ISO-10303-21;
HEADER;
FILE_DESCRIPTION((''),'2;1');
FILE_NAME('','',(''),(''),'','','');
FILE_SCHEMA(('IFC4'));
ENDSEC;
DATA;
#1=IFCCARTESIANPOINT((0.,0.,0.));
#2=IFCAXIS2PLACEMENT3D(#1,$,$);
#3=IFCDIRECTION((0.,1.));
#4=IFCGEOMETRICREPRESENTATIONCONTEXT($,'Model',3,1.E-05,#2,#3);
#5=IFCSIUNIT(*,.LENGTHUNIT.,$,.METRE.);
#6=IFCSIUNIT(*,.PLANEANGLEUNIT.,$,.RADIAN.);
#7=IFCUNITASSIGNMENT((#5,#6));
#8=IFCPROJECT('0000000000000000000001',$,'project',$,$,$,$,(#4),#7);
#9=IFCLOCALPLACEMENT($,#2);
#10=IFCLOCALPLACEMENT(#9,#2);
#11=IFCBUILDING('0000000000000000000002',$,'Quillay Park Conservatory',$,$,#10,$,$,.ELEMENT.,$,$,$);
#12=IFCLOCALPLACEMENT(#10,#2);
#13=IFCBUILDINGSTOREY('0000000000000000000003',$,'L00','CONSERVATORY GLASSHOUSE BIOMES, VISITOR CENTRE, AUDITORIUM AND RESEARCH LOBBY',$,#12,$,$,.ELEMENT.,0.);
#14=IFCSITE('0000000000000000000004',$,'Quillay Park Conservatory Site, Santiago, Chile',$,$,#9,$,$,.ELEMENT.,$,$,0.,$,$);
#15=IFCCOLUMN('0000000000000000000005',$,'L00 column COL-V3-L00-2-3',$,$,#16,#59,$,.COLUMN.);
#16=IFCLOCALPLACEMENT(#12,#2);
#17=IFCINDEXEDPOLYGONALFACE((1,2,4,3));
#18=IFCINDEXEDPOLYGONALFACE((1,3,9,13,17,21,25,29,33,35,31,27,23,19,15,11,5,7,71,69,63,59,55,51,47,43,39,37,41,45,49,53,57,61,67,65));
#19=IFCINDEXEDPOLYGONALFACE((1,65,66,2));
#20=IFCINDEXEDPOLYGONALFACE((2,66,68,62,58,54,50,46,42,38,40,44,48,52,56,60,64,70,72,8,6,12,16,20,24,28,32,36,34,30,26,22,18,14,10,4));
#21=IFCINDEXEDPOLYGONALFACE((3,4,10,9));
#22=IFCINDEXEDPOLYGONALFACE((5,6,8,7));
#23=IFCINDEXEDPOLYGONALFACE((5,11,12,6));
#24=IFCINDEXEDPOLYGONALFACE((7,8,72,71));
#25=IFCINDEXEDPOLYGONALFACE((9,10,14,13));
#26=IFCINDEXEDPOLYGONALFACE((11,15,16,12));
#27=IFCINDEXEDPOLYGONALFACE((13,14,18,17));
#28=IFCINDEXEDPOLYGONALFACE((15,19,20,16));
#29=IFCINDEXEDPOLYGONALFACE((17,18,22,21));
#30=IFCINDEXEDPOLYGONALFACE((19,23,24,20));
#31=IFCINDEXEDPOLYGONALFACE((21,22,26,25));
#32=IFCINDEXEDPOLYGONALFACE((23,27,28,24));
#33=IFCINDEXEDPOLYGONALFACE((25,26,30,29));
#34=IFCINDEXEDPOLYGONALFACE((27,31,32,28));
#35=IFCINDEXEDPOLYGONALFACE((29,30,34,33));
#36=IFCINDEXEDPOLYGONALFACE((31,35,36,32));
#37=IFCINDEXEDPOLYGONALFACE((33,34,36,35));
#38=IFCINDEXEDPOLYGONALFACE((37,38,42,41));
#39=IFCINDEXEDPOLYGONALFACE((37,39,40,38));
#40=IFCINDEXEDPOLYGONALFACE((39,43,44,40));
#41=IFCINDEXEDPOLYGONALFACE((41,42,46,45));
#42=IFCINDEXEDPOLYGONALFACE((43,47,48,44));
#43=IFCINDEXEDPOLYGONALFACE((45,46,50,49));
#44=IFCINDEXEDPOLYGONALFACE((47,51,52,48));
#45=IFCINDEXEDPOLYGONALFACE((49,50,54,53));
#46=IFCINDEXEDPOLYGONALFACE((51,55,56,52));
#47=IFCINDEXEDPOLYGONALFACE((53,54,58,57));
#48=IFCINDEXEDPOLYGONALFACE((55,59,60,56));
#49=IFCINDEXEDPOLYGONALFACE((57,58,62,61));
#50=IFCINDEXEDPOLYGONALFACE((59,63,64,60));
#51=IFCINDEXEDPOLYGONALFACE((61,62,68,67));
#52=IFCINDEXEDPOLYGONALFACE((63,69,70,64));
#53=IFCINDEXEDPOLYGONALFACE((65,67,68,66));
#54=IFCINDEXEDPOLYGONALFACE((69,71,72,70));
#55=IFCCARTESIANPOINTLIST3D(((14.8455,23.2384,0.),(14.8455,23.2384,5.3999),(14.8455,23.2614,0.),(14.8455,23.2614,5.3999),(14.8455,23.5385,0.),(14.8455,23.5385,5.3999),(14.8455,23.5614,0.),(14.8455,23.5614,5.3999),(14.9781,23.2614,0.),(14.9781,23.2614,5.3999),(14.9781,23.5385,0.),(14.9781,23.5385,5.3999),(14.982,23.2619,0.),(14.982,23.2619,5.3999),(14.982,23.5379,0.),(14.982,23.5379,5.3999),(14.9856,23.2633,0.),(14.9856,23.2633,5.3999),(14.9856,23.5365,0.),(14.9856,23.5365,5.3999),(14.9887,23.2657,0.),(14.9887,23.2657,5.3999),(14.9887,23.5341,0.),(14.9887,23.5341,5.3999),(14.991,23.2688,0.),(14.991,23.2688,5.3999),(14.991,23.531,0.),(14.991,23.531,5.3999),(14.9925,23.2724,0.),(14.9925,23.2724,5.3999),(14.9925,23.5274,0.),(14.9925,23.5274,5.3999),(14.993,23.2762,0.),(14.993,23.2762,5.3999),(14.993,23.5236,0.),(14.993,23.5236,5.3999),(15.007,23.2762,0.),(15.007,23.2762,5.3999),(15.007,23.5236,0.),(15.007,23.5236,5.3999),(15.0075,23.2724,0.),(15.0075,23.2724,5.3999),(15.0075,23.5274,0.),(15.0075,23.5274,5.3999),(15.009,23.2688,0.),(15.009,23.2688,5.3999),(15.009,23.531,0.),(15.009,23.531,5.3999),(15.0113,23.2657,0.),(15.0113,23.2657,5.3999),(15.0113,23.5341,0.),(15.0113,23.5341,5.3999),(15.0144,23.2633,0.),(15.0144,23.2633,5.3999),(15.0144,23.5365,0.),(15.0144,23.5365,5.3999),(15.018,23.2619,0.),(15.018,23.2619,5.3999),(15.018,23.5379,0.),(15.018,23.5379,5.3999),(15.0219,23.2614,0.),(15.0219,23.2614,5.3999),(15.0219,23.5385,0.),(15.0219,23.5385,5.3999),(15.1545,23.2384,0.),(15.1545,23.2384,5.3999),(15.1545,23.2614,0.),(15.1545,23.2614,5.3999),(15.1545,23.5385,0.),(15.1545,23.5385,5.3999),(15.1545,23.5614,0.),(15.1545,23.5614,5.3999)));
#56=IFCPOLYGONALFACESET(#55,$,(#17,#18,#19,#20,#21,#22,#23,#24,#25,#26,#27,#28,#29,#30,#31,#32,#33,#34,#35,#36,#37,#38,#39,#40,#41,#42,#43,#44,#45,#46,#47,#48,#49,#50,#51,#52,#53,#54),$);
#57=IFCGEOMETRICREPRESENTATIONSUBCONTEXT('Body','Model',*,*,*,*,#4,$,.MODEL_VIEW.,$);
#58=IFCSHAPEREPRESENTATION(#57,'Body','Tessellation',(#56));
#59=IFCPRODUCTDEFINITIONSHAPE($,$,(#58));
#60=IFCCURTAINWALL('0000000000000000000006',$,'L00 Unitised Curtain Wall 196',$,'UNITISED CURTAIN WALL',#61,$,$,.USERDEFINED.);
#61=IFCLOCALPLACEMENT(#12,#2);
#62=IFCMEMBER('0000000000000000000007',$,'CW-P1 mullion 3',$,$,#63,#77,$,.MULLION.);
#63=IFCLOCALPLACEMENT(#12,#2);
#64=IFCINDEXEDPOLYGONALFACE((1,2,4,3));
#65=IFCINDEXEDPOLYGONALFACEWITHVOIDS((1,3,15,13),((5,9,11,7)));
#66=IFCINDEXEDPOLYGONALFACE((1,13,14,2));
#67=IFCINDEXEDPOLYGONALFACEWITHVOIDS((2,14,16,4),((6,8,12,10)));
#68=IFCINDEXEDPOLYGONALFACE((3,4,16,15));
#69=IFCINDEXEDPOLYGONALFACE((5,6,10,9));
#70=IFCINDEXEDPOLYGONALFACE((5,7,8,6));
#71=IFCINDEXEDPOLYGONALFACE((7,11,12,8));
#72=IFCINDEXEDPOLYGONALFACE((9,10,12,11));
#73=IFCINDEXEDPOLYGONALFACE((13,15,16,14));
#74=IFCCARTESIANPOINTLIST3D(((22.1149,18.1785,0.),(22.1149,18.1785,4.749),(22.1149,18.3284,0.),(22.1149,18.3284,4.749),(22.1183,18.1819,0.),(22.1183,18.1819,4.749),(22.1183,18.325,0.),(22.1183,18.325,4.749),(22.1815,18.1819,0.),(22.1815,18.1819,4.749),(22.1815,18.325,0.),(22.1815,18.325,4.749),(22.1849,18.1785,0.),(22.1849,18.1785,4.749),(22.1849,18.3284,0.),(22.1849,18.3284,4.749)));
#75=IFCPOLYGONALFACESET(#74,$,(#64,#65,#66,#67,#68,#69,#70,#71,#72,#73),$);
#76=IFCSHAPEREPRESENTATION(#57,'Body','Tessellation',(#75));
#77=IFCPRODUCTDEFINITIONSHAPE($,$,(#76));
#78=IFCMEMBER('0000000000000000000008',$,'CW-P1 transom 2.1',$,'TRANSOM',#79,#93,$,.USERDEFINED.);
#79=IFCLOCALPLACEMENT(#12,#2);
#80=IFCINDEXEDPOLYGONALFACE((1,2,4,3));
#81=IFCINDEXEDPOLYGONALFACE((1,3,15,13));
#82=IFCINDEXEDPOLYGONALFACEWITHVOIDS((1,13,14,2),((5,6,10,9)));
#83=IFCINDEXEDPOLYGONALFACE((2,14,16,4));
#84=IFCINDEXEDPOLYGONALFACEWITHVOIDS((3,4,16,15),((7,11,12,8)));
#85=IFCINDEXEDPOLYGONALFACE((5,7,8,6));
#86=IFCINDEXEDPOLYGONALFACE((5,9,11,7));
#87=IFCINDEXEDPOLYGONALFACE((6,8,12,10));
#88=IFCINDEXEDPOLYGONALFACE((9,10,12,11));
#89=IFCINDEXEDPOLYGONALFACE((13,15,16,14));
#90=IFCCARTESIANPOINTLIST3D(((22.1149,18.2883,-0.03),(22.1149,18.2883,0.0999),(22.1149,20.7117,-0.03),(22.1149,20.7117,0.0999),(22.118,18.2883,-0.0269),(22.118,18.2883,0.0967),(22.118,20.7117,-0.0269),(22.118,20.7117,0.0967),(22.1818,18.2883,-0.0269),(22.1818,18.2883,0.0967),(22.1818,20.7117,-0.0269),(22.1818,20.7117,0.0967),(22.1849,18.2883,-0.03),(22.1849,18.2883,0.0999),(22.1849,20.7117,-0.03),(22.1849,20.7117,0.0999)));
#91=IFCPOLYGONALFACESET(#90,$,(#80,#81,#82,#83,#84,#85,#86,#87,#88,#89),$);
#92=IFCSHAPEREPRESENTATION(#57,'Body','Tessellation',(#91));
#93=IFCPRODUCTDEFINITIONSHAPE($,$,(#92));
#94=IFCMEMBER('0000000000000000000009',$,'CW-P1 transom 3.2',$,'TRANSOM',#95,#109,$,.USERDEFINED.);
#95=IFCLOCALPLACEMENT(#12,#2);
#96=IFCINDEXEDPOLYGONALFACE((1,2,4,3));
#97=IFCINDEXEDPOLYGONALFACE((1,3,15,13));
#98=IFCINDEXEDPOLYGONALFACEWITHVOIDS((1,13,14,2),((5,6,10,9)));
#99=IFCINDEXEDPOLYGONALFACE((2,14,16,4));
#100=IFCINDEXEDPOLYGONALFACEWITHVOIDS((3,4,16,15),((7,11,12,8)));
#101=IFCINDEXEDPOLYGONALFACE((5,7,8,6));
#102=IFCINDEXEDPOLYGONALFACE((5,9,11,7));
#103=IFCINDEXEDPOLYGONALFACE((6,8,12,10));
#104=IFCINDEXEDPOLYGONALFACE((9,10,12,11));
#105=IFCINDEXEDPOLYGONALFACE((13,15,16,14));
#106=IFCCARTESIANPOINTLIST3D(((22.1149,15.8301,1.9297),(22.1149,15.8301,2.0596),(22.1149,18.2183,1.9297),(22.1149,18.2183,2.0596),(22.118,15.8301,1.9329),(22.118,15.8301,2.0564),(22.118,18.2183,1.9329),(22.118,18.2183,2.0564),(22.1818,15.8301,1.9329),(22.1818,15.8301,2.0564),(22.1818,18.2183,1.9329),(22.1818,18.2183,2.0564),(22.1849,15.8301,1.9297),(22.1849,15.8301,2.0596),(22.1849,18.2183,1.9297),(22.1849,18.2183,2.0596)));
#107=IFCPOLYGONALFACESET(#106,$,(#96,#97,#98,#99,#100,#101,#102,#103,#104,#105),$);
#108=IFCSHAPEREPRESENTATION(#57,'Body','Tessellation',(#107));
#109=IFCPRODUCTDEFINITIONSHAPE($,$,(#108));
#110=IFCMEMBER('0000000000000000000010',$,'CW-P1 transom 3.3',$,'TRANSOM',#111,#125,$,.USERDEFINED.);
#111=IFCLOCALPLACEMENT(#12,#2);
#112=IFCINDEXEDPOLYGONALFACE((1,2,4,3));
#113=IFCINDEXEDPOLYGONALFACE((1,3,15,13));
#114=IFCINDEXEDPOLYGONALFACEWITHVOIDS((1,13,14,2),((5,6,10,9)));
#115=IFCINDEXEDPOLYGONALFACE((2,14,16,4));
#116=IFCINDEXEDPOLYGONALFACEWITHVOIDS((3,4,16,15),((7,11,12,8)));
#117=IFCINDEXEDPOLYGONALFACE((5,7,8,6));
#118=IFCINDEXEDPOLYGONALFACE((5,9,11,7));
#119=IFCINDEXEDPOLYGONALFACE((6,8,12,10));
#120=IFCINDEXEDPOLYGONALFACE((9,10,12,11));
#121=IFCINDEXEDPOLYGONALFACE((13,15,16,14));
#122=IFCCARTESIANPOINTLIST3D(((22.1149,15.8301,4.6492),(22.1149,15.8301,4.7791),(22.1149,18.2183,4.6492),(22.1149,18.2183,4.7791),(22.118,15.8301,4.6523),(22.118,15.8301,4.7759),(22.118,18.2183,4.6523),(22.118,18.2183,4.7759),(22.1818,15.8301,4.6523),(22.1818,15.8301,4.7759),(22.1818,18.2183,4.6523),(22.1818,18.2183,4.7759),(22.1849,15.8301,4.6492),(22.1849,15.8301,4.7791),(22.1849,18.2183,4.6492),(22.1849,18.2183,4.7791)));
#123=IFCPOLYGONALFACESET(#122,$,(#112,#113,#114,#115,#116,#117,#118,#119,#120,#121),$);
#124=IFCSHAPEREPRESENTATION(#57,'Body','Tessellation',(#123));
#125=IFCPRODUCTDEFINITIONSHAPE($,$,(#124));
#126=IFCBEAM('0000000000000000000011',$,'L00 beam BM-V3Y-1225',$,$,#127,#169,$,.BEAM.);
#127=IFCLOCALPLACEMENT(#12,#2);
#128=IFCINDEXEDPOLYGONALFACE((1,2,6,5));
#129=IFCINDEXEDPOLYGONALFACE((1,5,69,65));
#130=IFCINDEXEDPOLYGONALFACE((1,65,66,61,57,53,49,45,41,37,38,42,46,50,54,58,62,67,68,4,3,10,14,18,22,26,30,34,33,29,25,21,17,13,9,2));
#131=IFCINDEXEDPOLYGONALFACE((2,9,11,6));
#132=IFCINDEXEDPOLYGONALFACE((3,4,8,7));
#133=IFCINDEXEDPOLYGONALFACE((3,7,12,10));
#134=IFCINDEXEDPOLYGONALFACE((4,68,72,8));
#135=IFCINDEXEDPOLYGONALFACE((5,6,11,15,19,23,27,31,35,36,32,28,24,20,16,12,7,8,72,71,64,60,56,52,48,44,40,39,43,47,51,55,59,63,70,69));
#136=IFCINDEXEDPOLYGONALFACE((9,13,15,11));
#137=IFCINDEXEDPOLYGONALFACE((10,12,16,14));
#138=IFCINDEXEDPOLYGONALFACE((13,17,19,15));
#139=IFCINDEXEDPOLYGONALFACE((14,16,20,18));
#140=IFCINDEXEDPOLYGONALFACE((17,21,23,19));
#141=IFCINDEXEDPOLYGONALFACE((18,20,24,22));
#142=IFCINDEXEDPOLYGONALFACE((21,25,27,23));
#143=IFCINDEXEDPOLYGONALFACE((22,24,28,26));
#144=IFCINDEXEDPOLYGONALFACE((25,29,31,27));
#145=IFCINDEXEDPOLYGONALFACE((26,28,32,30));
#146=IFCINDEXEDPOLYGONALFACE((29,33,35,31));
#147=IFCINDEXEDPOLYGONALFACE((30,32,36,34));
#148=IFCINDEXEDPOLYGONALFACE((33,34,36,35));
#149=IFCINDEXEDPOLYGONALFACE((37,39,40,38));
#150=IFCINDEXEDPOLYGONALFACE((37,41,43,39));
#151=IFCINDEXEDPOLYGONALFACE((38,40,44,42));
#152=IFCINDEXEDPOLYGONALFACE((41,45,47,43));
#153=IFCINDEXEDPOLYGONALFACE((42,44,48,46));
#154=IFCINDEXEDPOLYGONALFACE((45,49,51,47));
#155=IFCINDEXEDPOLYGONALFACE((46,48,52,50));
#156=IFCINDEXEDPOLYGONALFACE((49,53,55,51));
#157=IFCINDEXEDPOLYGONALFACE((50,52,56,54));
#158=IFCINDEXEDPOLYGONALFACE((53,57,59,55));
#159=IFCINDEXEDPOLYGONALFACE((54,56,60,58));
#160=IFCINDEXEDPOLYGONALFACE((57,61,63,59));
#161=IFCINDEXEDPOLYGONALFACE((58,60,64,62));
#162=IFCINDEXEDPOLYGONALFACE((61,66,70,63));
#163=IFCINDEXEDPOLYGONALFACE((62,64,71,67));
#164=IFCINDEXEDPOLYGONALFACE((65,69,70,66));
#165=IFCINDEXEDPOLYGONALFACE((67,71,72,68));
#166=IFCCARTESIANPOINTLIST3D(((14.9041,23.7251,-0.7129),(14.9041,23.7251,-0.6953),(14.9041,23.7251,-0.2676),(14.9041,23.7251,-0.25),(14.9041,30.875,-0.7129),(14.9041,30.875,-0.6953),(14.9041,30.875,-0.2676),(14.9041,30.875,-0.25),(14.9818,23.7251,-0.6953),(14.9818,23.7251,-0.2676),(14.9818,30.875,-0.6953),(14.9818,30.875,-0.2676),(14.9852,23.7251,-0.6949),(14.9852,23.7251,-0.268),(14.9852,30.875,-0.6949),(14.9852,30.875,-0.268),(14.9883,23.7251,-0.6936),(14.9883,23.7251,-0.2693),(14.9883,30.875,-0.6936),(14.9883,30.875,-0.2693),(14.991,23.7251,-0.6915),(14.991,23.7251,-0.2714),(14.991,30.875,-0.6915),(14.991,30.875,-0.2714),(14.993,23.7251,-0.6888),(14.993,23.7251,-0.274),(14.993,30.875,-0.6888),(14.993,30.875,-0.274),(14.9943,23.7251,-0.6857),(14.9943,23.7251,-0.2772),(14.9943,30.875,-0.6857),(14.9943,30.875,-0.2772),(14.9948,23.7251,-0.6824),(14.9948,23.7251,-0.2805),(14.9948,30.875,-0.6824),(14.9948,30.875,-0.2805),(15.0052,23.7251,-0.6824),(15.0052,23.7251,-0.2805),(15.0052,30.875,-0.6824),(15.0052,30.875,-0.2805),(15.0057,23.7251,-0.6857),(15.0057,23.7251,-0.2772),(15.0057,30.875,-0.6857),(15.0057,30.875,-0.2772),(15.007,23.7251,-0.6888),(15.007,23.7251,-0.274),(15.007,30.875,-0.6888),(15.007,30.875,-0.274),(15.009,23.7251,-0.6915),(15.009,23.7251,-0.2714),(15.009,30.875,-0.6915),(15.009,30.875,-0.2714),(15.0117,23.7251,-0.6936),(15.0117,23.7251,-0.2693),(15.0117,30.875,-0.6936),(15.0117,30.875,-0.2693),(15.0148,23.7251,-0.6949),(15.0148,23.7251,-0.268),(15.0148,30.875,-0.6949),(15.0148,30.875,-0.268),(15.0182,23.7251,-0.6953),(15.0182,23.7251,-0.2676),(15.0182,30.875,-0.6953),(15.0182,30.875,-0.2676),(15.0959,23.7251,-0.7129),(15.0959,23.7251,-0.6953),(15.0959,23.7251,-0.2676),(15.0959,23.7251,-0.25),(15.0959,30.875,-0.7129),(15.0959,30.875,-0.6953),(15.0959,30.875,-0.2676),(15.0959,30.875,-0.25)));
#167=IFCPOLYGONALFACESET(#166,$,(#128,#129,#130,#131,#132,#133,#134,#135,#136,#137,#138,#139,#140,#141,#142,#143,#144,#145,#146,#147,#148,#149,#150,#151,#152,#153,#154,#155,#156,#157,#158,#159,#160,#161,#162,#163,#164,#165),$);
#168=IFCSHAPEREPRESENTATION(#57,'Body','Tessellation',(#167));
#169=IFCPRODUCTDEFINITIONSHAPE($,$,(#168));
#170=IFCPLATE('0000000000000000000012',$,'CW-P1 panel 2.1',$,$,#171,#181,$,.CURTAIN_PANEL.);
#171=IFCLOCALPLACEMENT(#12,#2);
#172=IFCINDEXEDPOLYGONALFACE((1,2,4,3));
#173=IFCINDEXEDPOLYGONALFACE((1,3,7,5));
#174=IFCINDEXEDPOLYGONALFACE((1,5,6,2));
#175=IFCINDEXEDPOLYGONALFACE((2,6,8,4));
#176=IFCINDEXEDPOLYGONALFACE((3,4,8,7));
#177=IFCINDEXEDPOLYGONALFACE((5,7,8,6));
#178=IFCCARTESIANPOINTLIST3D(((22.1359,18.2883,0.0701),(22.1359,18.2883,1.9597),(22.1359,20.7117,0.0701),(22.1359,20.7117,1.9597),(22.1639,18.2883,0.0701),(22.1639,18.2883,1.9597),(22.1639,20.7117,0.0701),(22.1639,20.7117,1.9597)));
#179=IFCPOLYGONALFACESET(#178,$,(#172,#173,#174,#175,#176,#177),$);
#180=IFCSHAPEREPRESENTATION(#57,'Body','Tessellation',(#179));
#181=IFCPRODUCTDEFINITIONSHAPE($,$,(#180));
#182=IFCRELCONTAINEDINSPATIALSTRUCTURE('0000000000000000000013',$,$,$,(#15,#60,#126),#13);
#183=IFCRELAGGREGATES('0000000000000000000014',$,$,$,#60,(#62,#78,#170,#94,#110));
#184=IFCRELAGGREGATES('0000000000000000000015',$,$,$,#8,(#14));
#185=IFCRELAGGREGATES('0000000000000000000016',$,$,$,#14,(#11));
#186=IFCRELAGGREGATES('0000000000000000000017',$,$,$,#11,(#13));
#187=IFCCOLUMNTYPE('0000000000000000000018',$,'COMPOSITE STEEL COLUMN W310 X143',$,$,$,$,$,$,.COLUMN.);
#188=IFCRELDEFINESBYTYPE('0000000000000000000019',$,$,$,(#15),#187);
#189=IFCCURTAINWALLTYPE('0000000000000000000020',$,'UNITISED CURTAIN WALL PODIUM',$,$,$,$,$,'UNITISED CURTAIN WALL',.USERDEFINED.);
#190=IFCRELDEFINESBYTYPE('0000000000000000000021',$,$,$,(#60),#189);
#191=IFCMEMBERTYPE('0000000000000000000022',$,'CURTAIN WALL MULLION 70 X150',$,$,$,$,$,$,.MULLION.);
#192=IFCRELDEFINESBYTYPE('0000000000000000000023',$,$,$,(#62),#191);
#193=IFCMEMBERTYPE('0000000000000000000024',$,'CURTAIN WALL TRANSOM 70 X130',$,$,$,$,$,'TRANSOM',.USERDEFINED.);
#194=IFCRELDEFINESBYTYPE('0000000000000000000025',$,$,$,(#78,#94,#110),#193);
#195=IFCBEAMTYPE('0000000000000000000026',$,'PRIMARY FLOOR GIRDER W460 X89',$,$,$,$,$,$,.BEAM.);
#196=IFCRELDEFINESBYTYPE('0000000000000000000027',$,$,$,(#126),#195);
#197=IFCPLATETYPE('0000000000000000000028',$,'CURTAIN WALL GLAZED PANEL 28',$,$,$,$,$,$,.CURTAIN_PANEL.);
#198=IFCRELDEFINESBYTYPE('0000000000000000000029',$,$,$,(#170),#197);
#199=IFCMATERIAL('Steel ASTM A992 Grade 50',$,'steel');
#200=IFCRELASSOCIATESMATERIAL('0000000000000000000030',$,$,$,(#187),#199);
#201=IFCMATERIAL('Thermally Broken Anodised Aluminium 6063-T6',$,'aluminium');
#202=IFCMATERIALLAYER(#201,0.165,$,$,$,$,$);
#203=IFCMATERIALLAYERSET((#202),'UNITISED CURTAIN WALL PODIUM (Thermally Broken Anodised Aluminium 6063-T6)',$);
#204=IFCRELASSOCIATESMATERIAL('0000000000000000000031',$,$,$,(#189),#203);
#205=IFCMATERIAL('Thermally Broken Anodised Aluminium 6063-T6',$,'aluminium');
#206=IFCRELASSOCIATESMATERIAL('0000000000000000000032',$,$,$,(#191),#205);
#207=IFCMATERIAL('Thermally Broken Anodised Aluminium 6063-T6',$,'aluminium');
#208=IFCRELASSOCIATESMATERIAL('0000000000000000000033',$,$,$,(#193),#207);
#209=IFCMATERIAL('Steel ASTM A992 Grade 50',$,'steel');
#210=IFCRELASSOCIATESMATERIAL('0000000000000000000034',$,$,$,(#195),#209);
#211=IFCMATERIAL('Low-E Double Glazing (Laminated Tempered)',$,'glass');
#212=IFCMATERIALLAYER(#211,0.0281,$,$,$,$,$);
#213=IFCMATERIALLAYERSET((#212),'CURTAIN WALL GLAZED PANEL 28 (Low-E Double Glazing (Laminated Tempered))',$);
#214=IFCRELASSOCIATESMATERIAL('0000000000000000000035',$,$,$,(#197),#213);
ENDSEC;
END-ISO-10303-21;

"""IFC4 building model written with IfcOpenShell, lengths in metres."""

from ifc_helpers import new_model, si_unit, direction, frame, origin, origin_2d, place, context, subcontext, project, spatial, rectangle, hollow_rectangle, i_section, extrude, material, layer, layer_set, material_profile, profile_set, type_object, element, aggregate, save


model = new_model("IFC4")

# Units and contexts
model_context = context("Model", 3, precision=1e-05, world=origin(), true_north=direction((0.0, 1.0)))
body_context = subcontext(model_context, "Body", "Model", "MODEL_VIEW")
ifc_project = project(units=[si_unit("LENGTHUNIT", "METRE"), si_unit("PLANEANGLEUNIT", "RADIAN")], contexts=[model_context])

# Site, building, storey
site_placement = place(None, origin())
site = spatial("IfcSite", under=ifc_project, at=site_placement, Name="Quillay Park Conservatory Site, Santiago, Chile", CompositionType="ELEMENT", RefElevation=0.0)
building_placement = place(site_placement, origin())
building = spatial("IfcBuilding", under=site, at=building_placement, Name="Quillay Park Conservatory", CompositionType="ELEMENT")
storey_placement = place(building_placement, origin())
storey = spatial("IfcBuildingStorey", under=building, at=storey_placement, Name="L00", Description="CONSERVATORY GLASSHOUSE BIOMES, VISITOR CENTRE, AUDITORIUM AND RESEARCH LOBBY", CompositionType="ELEMENT", Elevation=0.0)

# Column
ifc_material_1 = material(Name="Steel ASTM A992 Grade 50", Category="steel")
ifc_material_profile_1 = material_profile(ifc_material_1, i_section(OverallWidth=0.3091, OverallDepth=0.323, WebThickness=0.0139, FlangeThickness=0.0229, FilletRadius=0.0149, at=origin_2d()), Name="W310x143")
ifc_profile_set_1 = profile_set([ifc_material_profile_1], Name="Steel ASTM A992 Grade 50")
column_type = type_object("IfcColumnType", Name="COMPOSITE STEEL COLUMN W310 X143", PredefinedType="COLUMN", material=ifc_profile_set_1)
column_placement = place(storey_placement, frame((15.0, 23.3999, 0.0), z_axis=(0.0, 0.0, 1.0), x_axis=(1.0, 0.0, 0.0)))
element("IfcColumn", 1, at=column_placement, inside=storey, type_object=column_type, Name="L00 column COL-V3-L00-2-3", PredefinedType="COLUMN", context=body_context, shape_type="SweptSolid", body=[
    extrude(i_section(OverallWidth=0.3091, OverallDepth=0.323, WebThickness=0.0139, FlangeThickness=0.0229, FilletRadius=0.0149, at=origin_2d()), origin(), (0.0, 0.0, 1.0), 5.3999),
])

# Curtain wall, members
ifc_material_2 = material(Name="Thermally Broken Anodised Aluminium 6063-T6", Category="aluminium")
ifc_layer_1 = layer(ifc_material_2, 0.165)
ifc_layer_set_1 = layer_set([ifc_layer_1], Name="UNITISED CURTAIN WALL PODIUM (Thermally Broken Anodised Aluminium 6063-T6)")
curtain_wall_type = type_object("IfcCurtainWallType", Name="UNITISED CURTAIN WALL PODIUM", ElementType="UNITISED CURTAIN WALL", PredefinedType="USERDEFINED", material=ifc_layer_set_1)
curtain_wall_placement = place(storey_placement, origin())
curtain_wall = element("IfcCurtainWall", 2, at=curtain_wall_placement, inside=storey, type_object=curtain_wall_type, Name="L00 Unitised Curtain Wall 196", ObjectType="UNITISED CURTAIN WALL", PredefinedType="USERDEFINED")
ifc_material_3 = material(Name="Thermally Broken Anodised Aluminium 6063-T6", Category="aluminium")
ifc_material_profile_2 = material_profile(ifc_material_3, hollow_rectangle(XDim=0.0701, YDim=0.1499, WallThickness=0.0034, at=origin_2d()), Name="AL70x150x3.5")
ifc_profile_set_2 = profile_set([ifc_material_profile_2], Name="Thermally Broken Anodised Aluminium 6063-T6")
member_type_1 = type_object("IfcMemberType", Name="CURTAIN WALL MULLION 70 X150", PredefinedType="MULLION", material=ifc_profile_set_2)
member_1_placement = place(storey_placement, frame((22.1499, 18.2534, 0.0), z_axis=(0.0, 0.0, 1.0), x_axis=(1.0, 0.0, 0.0)))
member_1 = element("IfcMember", 3, at=member_1_placement, type_object=member_type_1, Name="CW-P1 mullion 3", PredefinedType="MULLION", context=body_context, shape_type="SweptSolid", body=[
    extrude(hollow_rectangle(XDim=0.0701, YDim=0.1499, WallThickness=0.0034, at=origin_2d()), origin(), (0.0, 0.0, 1.0), 4.749),
])
ifc_material_4 = material(Name="Thermally Broken Anodised Aluminium 6063-T6", Category="aluminium")
ifc_material_profile_3 = material_profile(ifc_material_4, hollow_rectangle(XDim=0.0701, YDim=0.1299, WallThickness=0.0032, at=origin_2d()), Name="AL70x130x3.2")
ifc_profile_set_3 = profile_set([ifc_material_profile_3], Name="Thermally Broken Anodised Aluminium 6063-T6")
member_type_2 = type_object("IfcMemberType", Name="CURTAIN WALL TRANSOM 70 X130", ElementType="TRANSOM", PredefinedType="USERDEFINED", material=ifc_profile_set_3)
member_2_placement = place(storey_placement, frame((22.1499, 20.7117, 0.0349), z_axis=(0.0, -1.0, 0.0), x_axis=(1.0, 0.0, 0.0)))
member_2 = element("IfcMember", 4, at=member_2_placement, type_object=member_type_2, Name="CW-P1 transom 2.1", ObjectType="TRANSOM", PredefinedType="USERDEFINED", context=body_context, shape_type="SweptSolid", body=[
    extrude(hollow_rectangle(XDim=0.0701, YDim=0.1299, WallThickness=0.0032, at=origin_2d()), origin(), (0.0, 0.0, 1.0), 2.4233),
])
member_3_placement = place(storey_placement, frame((22.1499, 18.2183, 1.9946), z_axis=(0.0, -1.0, 0.0), x_axis=(1.0, 0.0, 0.0)))
member_3 = element("IfcMember", 5, at=member_3_placement, type_object=member_type_2, Name="CW-P1 transom 3.2", ObjectType="TRANSOM", PredefinedType="USERDEFINED", context=body_context, shape_type="SweptSolid", body=[
    extrude(hollow_rectangle(XDim=0.0701, YDim=0.1299, WallThickness=0.0032, at=origin_2d()), origin(), (0.0, 0.0, 1.0), 2.3882),
])
member_4_placement = place(storey_placement, frame((22.1499, 18.2183, 4.7141), z_axis=(0.0, -1.0, 0.0), x_axis=(1.0, 0.0, 0.0)))
member_4 = element("IfcMember", 6, at=member_4_placement, type_object=member_type_2, Name="CW-P1 transom 3.3", ObjectType="TRANSOM", PredefinedType="USERDEFINED", context=body_context, shape_type="SweptSolid", body=[
    extrude(hollow_rectangle(XDim=0.0701, YDim=0.1299, WallThickness=0.0032, at=origin_2d()), origin(), (0.0, 0.0, 1.0), 2.3882),
])

# Beam
ifc_material_5 = material(Name="Steel ASTM A992 Grade 50", Category="steel")
ifc_material_profile_4 = material_profile(ifc_material_5, i_section(OverallWidth=0.1919, OverallDepth=0.4629, WebThickness=0.0105, FlangeThickness=0.0176, FilletRadius=0.0129, at=origin_2d()), Name="W460x89")
ifc_profile_set_4 = profile_set([ifc_material_profile_4], Name="Steel ASTM A992 Grade 50")
beam_type = type_object("IfcBeamType", Name="PRIMARY FLOOR GIRDER W460 X89", PredefinedType="BEAM", material=ifc_profile_set_4)
beam_placement = place(storey_placement, frame((15.0, 23.7251, -0.4814), z_axis=(0.0, 1.0, 0.0), x_axis=(-1.0, 0.0, 0.0)))
element("IfcBeam", 7, at=beam_placement, inside=storey, type_object=beam_type, Name="L00 beam BM-V3Y-1225", PredefinedType="BEAM", context=body_context, shape_type="SweptSolid", body=[
    extrude(i_section(OverallWidth=0.1919, OverallDepth=0.4629, WebThickness=0.0105, FlangeThickness=0.0176, FilletRadius=0.0129, at=origin_2d()), origin(), (0.0, 0.0, 1.0), 7.1499),
])

# Plate
ifc_material_6 = material(Name="Low-E Double Glazing (Laminated Tempered)", Category="glass")
ifc_layer_2 = layer(ifc_material_6, 0.0281)
ifc_layer_set_2 = layer_set([ifc_layer_2], Name="CURTAIN WALL GLAZED PANEL 28 (Low-E Double Glazing (Laminated Tempered))")
plate_type = type_object("IfcPlateType", Name="CURTAIN WALL GLAZED PANEL 28", PredefinedType="CURTAIN_PANEL", material=ifc_layer_set_2)
plate_1_placement = place(storey_placement, frame((22.1499, 19.5, 0.0701), z_axis=(0.0, 0.0, 1.0), x_axis=(0.0, -1.0, 0.0)))
plate_1 = element("IfcPlate", 8, at=plate_1_placement, type_object=plate_type, Name="CW-P1 panel 2.1", PredefinedType="CURTAIN_PANEL", context=body_context, shape_type="SweptSolid", body=[
    extrude(rectangle(XDim=2.4233, YDim=0.0281, at=origin_2d()), origin(), (0.0, 0.0, 1.0), 1.8896),
])
aggregate(curtain_wall, [member_1, member_2, plate_1, member_3, member_4])

save(model, "model.ifc")
